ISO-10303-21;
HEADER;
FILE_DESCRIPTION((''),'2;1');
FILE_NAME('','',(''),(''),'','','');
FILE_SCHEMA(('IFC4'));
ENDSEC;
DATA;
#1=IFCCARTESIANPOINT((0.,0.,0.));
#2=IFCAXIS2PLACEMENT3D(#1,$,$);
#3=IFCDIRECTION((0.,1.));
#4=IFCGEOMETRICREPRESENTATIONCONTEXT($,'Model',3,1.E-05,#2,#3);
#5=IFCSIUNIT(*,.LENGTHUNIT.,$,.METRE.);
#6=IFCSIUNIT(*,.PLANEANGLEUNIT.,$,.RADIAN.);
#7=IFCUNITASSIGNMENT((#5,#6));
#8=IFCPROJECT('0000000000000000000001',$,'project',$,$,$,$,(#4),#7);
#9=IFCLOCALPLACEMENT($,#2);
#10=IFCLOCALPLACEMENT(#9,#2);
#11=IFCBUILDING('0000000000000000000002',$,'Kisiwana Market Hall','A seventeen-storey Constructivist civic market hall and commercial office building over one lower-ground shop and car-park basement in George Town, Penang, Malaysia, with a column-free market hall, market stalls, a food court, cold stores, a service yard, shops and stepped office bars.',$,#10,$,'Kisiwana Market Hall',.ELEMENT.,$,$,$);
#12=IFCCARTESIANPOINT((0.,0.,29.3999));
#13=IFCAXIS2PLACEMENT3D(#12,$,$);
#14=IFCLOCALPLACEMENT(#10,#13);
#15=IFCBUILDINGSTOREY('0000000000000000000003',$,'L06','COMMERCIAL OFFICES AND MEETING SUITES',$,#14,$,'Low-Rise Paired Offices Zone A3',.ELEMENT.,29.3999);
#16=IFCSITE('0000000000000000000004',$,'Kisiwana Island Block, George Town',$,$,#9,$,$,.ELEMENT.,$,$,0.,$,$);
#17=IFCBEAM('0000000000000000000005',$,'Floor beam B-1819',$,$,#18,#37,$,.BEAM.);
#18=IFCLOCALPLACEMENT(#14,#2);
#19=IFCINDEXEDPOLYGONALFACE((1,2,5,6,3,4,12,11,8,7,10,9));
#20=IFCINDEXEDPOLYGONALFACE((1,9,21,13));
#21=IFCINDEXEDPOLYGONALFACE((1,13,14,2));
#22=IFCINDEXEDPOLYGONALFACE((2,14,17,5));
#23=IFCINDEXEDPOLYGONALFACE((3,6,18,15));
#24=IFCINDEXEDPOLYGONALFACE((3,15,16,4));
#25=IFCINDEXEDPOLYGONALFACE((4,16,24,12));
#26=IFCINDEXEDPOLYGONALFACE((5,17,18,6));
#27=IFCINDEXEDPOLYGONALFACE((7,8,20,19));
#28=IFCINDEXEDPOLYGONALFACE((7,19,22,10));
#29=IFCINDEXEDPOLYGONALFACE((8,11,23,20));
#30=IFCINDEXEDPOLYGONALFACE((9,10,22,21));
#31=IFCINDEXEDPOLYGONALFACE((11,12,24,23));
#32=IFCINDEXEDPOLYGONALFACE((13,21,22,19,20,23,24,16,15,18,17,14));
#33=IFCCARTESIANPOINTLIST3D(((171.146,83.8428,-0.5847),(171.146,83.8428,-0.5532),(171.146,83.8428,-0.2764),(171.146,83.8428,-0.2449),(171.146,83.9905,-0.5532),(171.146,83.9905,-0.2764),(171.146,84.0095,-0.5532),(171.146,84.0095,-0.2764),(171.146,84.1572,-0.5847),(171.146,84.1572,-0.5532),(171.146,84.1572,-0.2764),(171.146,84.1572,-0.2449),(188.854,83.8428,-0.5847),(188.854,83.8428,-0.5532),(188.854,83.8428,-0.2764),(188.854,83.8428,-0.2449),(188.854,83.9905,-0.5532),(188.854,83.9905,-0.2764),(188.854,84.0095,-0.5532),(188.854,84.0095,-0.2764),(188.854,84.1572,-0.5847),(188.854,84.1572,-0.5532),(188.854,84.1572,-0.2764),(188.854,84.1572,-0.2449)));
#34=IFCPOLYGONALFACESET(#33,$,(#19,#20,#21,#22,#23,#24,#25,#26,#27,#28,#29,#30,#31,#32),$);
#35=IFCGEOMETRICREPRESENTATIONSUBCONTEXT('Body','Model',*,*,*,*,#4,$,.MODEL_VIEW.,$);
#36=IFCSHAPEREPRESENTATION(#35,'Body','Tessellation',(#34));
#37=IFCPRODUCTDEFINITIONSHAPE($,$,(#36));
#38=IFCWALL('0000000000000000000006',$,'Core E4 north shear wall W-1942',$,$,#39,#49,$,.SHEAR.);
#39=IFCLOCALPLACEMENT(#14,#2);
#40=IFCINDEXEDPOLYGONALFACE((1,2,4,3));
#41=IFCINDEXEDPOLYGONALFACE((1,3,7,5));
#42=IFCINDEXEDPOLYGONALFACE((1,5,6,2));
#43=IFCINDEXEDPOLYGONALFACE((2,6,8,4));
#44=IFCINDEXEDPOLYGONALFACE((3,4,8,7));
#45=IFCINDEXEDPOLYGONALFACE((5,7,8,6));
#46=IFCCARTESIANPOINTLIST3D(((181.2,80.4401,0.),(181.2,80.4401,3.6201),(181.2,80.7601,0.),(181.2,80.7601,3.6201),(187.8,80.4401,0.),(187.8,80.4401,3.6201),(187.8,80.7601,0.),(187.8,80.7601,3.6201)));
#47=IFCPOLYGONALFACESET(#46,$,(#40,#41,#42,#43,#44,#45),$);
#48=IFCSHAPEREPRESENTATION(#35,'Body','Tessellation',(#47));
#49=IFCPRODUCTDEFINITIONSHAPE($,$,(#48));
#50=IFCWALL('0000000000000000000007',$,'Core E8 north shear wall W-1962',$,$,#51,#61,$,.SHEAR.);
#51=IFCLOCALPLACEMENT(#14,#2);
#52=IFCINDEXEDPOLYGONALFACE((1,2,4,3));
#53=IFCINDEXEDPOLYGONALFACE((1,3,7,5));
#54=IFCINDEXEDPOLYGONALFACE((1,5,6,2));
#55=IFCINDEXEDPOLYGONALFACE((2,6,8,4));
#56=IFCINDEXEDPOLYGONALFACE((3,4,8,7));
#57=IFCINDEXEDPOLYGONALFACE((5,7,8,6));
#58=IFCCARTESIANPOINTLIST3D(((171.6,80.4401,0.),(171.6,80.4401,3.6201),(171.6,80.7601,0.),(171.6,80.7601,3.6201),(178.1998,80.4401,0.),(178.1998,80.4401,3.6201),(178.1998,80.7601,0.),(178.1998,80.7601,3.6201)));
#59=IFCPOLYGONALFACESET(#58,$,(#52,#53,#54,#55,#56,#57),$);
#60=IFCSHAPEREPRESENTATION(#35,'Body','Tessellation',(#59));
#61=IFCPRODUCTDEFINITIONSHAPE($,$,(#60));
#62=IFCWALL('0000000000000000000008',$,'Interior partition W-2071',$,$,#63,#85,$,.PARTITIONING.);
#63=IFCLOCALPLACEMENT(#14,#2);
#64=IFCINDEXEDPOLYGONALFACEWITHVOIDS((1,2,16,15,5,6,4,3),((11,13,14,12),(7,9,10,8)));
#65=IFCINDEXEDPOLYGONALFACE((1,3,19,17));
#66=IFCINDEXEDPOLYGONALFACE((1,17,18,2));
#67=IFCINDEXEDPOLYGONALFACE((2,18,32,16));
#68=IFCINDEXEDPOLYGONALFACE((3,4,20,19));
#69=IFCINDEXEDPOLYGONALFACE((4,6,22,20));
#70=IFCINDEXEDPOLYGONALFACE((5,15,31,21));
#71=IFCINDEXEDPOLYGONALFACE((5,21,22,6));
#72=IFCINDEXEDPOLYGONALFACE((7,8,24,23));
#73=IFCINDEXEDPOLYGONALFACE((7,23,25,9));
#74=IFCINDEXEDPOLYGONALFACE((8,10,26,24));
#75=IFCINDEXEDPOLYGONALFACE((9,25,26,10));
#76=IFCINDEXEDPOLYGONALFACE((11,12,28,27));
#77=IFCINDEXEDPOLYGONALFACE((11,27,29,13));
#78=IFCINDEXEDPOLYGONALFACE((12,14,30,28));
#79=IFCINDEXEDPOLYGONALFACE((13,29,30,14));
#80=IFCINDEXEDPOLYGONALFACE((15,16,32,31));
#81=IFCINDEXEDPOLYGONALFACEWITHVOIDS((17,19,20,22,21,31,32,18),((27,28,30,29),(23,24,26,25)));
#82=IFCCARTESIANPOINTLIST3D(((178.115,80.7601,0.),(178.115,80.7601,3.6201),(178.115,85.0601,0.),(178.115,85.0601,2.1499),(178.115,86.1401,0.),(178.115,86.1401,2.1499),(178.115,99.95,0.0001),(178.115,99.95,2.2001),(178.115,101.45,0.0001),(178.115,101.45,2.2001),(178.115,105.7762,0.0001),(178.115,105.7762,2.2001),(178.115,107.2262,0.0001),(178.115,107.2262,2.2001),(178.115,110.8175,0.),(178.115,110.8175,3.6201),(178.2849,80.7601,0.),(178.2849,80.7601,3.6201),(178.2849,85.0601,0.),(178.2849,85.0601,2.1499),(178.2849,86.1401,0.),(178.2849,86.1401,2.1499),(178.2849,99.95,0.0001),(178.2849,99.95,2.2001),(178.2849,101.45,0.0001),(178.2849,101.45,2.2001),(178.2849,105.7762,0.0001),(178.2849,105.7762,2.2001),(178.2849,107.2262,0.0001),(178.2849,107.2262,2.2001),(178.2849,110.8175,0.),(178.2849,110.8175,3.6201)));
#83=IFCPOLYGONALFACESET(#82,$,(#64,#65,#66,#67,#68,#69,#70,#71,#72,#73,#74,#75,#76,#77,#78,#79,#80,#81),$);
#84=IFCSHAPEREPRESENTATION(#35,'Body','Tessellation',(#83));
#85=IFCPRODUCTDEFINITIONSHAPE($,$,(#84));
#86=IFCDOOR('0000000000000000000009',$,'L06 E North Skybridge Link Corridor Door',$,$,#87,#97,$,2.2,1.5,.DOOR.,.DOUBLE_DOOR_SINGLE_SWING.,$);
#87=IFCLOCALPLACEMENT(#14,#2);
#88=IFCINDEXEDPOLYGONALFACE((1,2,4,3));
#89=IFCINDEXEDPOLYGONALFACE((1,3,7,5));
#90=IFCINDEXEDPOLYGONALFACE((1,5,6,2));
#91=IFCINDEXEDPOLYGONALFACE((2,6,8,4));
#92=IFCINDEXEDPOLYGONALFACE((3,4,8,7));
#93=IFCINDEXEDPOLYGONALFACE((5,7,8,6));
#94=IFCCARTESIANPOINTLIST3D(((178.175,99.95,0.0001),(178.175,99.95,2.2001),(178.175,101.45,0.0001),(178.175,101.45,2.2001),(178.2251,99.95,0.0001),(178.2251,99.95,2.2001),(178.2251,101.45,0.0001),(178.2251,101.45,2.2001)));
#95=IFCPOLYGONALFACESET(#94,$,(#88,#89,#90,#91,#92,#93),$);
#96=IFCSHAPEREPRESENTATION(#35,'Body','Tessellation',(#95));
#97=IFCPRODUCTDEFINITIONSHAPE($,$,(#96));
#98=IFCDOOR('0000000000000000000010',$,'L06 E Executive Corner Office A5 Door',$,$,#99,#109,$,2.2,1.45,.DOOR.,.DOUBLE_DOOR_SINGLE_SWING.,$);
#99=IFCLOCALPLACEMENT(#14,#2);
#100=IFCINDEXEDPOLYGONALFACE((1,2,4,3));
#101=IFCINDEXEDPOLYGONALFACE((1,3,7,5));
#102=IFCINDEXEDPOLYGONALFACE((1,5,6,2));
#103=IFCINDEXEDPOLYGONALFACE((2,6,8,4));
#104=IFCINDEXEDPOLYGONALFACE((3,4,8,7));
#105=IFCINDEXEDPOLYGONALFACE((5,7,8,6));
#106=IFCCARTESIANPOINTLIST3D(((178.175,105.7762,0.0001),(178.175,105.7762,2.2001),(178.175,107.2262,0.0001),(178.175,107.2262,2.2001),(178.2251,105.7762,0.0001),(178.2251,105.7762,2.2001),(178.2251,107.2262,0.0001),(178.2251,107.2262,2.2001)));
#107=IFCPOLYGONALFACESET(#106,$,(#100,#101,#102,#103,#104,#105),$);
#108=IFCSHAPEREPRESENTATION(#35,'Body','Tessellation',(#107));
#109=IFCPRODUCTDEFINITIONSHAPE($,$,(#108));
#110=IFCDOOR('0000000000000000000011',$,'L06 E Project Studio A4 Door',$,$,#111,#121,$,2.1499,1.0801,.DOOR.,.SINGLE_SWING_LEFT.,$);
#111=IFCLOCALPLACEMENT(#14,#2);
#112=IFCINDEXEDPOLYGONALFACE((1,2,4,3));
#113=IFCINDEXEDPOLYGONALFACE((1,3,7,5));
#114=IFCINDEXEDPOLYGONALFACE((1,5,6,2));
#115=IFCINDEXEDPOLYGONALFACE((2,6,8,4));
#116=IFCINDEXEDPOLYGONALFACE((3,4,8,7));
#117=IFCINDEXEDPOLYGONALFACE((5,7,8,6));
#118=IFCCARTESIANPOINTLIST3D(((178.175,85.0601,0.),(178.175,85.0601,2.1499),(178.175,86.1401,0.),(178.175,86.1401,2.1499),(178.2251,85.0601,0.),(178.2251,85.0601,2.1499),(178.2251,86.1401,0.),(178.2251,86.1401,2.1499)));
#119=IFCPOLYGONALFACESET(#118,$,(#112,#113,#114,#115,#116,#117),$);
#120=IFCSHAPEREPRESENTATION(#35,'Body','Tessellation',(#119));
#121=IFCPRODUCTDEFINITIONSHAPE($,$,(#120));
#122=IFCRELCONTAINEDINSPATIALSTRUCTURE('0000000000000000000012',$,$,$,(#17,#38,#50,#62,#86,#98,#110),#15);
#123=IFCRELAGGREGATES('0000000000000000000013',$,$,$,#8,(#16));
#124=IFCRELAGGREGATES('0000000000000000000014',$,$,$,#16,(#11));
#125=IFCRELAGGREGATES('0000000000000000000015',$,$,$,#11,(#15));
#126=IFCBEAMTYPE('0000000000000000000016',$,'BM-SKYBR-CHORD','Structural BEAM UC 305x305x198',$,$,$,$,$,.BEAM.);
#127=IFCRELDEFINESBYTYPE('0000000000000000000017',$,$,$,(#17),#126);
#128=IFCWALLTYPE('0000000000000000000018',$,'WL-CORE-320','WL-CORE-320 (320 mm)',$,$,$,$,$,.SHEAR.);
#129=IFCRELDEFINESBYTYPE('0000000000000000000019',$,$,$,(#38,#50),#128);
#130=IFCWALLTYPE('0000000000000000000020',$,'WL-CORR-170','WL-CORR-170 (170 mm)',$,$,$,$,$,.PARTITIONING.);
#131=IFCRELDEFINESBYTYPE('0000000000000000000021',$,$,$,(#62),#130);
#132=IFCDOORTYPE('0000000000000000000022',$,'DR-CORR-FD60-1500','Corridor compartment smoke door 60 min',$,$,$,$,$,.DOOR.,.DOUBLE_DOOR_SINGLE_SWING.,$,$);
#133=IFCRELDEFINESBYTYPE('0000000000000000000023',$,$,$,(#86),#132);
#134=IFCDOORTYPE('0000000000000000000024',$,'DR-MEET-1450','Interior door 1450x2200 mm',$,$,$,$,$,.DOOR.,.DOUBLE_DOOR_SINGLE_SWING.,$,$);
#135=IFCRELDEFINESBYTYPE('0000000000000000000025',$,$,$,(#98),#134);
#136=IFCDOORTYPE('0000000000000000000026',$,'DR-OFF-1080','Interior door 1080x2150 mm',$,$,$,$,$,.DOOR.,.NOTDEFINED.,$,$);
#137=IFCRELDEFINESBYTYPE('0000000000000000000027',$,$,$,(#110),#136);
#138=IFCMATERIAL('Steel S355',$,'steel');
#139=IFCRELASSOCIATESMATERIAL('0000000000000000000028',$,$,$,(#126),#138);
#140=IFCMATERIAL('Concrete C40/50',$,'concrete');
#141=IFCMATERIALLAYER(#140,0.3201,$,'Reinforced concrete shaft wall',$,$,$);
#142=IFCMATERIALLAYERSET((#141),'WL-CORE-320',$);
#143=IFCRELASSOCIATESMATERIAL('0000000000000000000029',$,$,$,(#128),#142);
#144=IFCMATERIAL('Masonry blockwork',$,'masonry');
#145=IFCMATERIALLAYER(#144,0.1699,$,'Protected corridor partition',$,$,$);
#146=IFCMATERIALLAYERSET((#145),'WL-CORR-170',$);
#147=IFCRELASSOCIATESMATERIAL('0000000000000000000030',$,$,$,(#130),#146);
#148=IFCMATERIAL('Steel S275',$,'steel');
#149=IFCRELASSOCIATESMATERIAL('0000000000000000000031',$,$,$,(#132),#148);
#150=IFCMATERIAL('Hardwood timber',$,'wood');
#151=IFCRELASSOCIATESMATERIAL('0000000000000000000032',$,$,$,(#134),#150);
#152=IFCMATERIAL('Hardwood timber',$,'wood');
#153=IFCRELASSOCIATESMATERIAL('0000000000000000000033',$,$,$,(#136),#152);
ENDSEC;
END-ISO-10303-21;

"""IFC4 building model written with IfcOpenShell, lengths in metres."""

from ifc_helpers import new_model, si_unit, direction, frame, frame_2d, origin, origin_2d, place, context, subcontext, project, spatial, rectangle, i_section, extrude, material, layer, layer_set, material_profile, profile_set, type_object, element, fill, save


model = new_model("IFC4")

# Units and contexts
model_context = context("Model", 3, precision=1e-05, world=origin(), true_north=direction((0.0, 1.0)))
body_context = subcontext(model_context, "Body", "Model", "MODEL_VIEW")
ifc_project = project(units=[si_unit("LENGTHUNIT", "METRE"), si_unit("PLANEANGLEUNIT", "RADIAN")], contexts=[model_context])

# Site, building, storey
site_placement = place(None, origin())
site = spatial("IfcSite", under=ifc_project, at=site_placement, Name="Kisiwana Island Block, George Town", CompositionType="ELEMENT", RefElevation=0.0)
building_placement = place(site_placement, origin())
building = spatial("IfcBuilding", under=site, at=building_placement, Name="Kisiwana Market Hall", Description="A seventeen-storey Constructivist civic market hall and commercial office building over one lower-ground shop and car-park basement in George Town, Penang, Malaysia, with a column-free market hall, market stalls, a food court, cold stores, a service yard, shops and stepped office bars.", LongName="Kisiwana Market Hall", CompositionType="ELEMENT")
storey_placement = place(building_placement, frame((0.0, 0.0, 29.3999)))
storey = spatial("IfcBuildingStorey", under=building, at=storey_placement, Name="L06", Description="COMMERCIAL OFFICES AND MEETING SUITES", LongName="Low-Rise Paired Offices Zone A3", CompositionType="ELEMENT", Elevation=29.3999)

# Beam
ifc_material_1 = material(Name="Steel S355", Category="steel")
ifc_material_profile_1 = material_profile(ifc_material_1, i_section(OverallWidth=0.3145, OverallDepth=0.3398, WebThickness=0.019, FlangeThickness=0.0315, at=origin_2d()), Name="UC 305x305x198")
ifc_profile_set_1 = profile_set([ifc_material_profile_1], Name="Steel S355")
beam_type_1 = type_object("IfcBeamType", Name="BM-SKYBR-CHORD", Description="Structural BEAM UC 305x305x198", PredefinedType="BEAM", material=ifc_profile_set_1)
beam_1_placement = place(storey_placement, frame((171.146, 84.0, -0.4148), z_axis=(1.0, 0.0, 0.0), x_axis=(0.0, 1.0, 0.0)))
element("IfcBeam", 1, at=beam_1_placement, inside=storey, type_object=beam_type_1, Name="Floor beam B-1819", PredefinedType="BEAM", context=body_context, shape_type="SweptSolid", body=[
    extrude(i_section(OverallWidth=0.3145, OverallDepth=0.3398, WebThickness=0.019, FlangeThickness=0.0315, at=origin_2d()), origin(), (0.0, 0.0, 1.0), 17.708),
])

# Walls
ifc_material_2 = material(Name="Concrete C40/50", Category="concrete")
ifc_layer_1 = layer(ifc_material_2, 0.3201, Name="Reinforced concrete shaft wall")
ifc_layer_set_1 = layer_set([ifc_layer_1], Name="WL-CORE-320")
wall_type_1 = type_object("IfcWallType", Name="WL-CORE-320", Description="WL-CORE-320 (320 mm)", PredefinedType="SHEAR", material=ifc_layer_set_1)
wall_1_placement = place(storey_placement, frame((181.2, 80.6001, 0.0), z_axis=(0.0, 0.0, 1.0), x_axis=(1.0, 0.0, 0.0)))
element("IfcWall", 2, at=wall_1_placement, inside=storey, type_object=wall_type_1, Name="Core E4 north shear wall W-1942", PredefinedType="SHEAR", context=body_context, shape_type="SweptSolid", body=[
    extrude(rectangle(XDim=6.6001, YDim=0.3201, at=frame_2d((3.3, 0.0))), origin(), (0.0, 0.0, 1.0), 3.6201),
])
wall_2_placement = place(storey_placement, frame((171.6001, 80.6001, 0.0), z_axis=(0.0, 0.0, 1.0), x_axis=(1.0, 0.0, 0.0)))
element("IfcWall", 3, at=wall_2_placement, inside=storey, type_object=wall_type_1, Name="Core E8 north shear wall W-1962", PredefinedType="SHEAR", context=body_context, shape_type="SweptSolid", body=[
    extrude(rectangle(XDim=6.5999, YDim=0.3201, at=frame_2d((3.2998, 0.0))), origin(), (0.0, 0.0, 1.0), 3.6201),
])

# Wall, openings, doors
ifc_material_3 = material(Name="Masonry blockwork", Category="masonry")
ifc_layer_2 = layer(ifc_material_3, 0.1699, Name="Protected corridor partition")
ifc_layer_set_2 = layer_set([ifc_layer_2], Name="WL-CORR-170")
wall_type_2 = type_object("IfcWallType", Name="WL-CORR-170", Description="WL-CORR-170 (170 mm)", PredefinedType="PARTITIONING", material=ifc_layer_set_2)
wall_3_placement = place(storey_placement, frame((178.2, 80.76, 0.0), z_axis=(0.0, 0.0, 1.0), x_axis=(0.0, 1.0, 0.0)))
wall_3 = element("IfcWall", 4, at=wall_3_placement, inside=storey, type_object=wall_type_2, Name="Interior partition W-2071", PredefinedType="PARTITIONING", context=body_context, shape_type="SweptSolid", body=[
    extrude(rectangle(XDim=30.0574, YDim=0.1699, at=frame_2d((15.0288, 0.0))), origin(), (0.0, 0.0, 1.0), 3.6201),
])
opening_1_placement = place(wall_3_placement, frame((4.3, 0.0, 0.0)))
opening_1 = element("IfcOpeningElement", 5, at=opening_1_placement, cuts=wall_3, PredefinedType="OPENING", context=body_context, shape_type="SweptSolid", body=[
    extrude(rectangle(XDim=1.0801, YDim=2.1499, at=frame_2d((0.54, 1.075))), frame((0.0, 0.0969, 0.0), z_axis=(0.0, -1.0, 0.0), x_axis=(1.0, 0.0, 0.0)), (0.0, 0.0, 1.0), 0.1938),
])
opening_2_placement = place(wall_3_placement, frame((19.1899, 0.0, 0.0)))
opening_2 = element("IfcOpeningElement", 6, at=opening_2_placement, cuts=wall_3, PredefinedType="OPENING", context=body_context, shape_type="SweptSolid", body=[
    extrude(rectangle(XDim=1.5, YDim=2.2, at=frame_2d((0.75, 1.1001))), frame((0.0, 0.0969, 0.0), z_axis=(0.0, -1.0, 0.0), x_axis=(1.0, 0.0, 0.0)), (0.0, 0.0, 1.0), 0.1938),
])
opening_3_placement = place(wall_3_placement, frame((25.0161, 0.0, 0.0)))
opening_3 = element("IfcOpeningElement", 7, at=opening_3_placement, cuts=wall_3, PredefinedType="OPENING", context=body_context, shape_type="SweptSolid", body=[
    extrude(rectangle(XDim=1.45, YDim=2.2, at=frame_2d((0.7251, 1.1001))), frame((0.0, 0.0969, 0.0), z_axis=(0.0, -1.0, 0.0), x_axis=(1.0, 0.0, 0.0)), (0.0, 0.0, 1.0), 0.1938),
])
ifc_material_4 = material(Name="Steel S275", Category="steel")
door_type_1 = type_object("IfcDoorType", Name="DR-CORR-FD60-1500", Description="Corridor compartment smoke door 60 min", OperationType="DOUBLE_DOOR_SINGLE_SWING", PredefinedType="DOOR", material=ifc_material_4)
door_1_placement = place(opening_2_placement, origin())
door_1 = element("IfcDoor", 8, at=door_1_placement, inside=storey, type_object=door_type_1, Name="L06 E North Skybridge Link Corridor Door", OperationType="DOUBLE_DOOR_SINGLE_SWING", OverallHeight=2.2, OverallWidth=1.5, PredefinedType="DOOR", context=body_context, shape_type="SweptSolid", body=[
    extrude(rectangle(XDim=1.5, YDim=2.2, at=frame_2d((0.75, 1.1001))), frame((0.0, 0.0249, 0.0), z_axis=(0.0, -1.0, 0.0), x_axis=(1.0, 0.0, 0.0)), (0.0, 0.0, 1.0), 0.05),
])
fill(opening_2, door_1)
ifc_material_5 = material(Name="Hardwood timber", Category="wood")
door_type_2 = type_object("IfcDoorType", Name="DR-MEET-1450", Description="Interior door 1450x2200 mm", OperationType="DOUBLE_DOOR_SINGLE_SWING", PredefinedType="DOOR", material=ifc_material_5)
door_2_placement = place(opening_3_placement, origin())
door_2 = element("IfcDoor", 9, at=door_2_placement, inside=storey, type_object=door_type_2, Name="L06 E Executive Corner Office A5 Door", OperationType="DOUBLE_DOOR_SINGLE_SWING", OverallHeight=2.2, OverallWidth=1.45, PredefinedType="DOOR", context=body_context, shape_type="SweptSolid", body=[
    extrude(rectangle(XDim=1.45, YDim=2.2, at=frame_2d((0.7251, 1.1001))), frame((0.0, 0.0249, 0.0), z_axis=(0.0, -1.0, 0.0), x_axis=(1.0, 0.0, 0.0)), (0.0, 0.0, 1.0), 0.05),
])
fill(opening_3, door_2)
ifc_material_6 = material(Name="Hardwood timber", Category="wood")
door_type_3 = type_object("IfcDoorType", Name="DR-OFF-1080", Description="Interior door 1080x2150 mm", OperationType="NOTDEFINED", PredefinedType="DOOR", material=ifc_material_6)
door_3_placement = place(opening_1_placement, origin())
door_3 = element("IfcDoor", 10, at=door_3_placement, inside=storey, type_object=door_type_3, Name="L06 E Project Studio A4 Door", OperationType="SINGLE_SWING_LEFT", OverallHeight=2.1499, OverallWidth=1.0801, PredefinedType="DOOR", context=body_context, shape_type="SweptSolid", body=[
    extrude(rectangle(XDim=1.0801, YDim=2.1499, at=frame_2d((0.54, 1.075))), frame((0.0, 0.0249, 0.0), z_axis=(0.0, -1.0, 0.0), x_axis=(1.0, 0.0, 0.0)), (0.0, 0.0, 1.0), 0.05),
])
fill(opening_1, door_3)

save(model, "model.ifc")
